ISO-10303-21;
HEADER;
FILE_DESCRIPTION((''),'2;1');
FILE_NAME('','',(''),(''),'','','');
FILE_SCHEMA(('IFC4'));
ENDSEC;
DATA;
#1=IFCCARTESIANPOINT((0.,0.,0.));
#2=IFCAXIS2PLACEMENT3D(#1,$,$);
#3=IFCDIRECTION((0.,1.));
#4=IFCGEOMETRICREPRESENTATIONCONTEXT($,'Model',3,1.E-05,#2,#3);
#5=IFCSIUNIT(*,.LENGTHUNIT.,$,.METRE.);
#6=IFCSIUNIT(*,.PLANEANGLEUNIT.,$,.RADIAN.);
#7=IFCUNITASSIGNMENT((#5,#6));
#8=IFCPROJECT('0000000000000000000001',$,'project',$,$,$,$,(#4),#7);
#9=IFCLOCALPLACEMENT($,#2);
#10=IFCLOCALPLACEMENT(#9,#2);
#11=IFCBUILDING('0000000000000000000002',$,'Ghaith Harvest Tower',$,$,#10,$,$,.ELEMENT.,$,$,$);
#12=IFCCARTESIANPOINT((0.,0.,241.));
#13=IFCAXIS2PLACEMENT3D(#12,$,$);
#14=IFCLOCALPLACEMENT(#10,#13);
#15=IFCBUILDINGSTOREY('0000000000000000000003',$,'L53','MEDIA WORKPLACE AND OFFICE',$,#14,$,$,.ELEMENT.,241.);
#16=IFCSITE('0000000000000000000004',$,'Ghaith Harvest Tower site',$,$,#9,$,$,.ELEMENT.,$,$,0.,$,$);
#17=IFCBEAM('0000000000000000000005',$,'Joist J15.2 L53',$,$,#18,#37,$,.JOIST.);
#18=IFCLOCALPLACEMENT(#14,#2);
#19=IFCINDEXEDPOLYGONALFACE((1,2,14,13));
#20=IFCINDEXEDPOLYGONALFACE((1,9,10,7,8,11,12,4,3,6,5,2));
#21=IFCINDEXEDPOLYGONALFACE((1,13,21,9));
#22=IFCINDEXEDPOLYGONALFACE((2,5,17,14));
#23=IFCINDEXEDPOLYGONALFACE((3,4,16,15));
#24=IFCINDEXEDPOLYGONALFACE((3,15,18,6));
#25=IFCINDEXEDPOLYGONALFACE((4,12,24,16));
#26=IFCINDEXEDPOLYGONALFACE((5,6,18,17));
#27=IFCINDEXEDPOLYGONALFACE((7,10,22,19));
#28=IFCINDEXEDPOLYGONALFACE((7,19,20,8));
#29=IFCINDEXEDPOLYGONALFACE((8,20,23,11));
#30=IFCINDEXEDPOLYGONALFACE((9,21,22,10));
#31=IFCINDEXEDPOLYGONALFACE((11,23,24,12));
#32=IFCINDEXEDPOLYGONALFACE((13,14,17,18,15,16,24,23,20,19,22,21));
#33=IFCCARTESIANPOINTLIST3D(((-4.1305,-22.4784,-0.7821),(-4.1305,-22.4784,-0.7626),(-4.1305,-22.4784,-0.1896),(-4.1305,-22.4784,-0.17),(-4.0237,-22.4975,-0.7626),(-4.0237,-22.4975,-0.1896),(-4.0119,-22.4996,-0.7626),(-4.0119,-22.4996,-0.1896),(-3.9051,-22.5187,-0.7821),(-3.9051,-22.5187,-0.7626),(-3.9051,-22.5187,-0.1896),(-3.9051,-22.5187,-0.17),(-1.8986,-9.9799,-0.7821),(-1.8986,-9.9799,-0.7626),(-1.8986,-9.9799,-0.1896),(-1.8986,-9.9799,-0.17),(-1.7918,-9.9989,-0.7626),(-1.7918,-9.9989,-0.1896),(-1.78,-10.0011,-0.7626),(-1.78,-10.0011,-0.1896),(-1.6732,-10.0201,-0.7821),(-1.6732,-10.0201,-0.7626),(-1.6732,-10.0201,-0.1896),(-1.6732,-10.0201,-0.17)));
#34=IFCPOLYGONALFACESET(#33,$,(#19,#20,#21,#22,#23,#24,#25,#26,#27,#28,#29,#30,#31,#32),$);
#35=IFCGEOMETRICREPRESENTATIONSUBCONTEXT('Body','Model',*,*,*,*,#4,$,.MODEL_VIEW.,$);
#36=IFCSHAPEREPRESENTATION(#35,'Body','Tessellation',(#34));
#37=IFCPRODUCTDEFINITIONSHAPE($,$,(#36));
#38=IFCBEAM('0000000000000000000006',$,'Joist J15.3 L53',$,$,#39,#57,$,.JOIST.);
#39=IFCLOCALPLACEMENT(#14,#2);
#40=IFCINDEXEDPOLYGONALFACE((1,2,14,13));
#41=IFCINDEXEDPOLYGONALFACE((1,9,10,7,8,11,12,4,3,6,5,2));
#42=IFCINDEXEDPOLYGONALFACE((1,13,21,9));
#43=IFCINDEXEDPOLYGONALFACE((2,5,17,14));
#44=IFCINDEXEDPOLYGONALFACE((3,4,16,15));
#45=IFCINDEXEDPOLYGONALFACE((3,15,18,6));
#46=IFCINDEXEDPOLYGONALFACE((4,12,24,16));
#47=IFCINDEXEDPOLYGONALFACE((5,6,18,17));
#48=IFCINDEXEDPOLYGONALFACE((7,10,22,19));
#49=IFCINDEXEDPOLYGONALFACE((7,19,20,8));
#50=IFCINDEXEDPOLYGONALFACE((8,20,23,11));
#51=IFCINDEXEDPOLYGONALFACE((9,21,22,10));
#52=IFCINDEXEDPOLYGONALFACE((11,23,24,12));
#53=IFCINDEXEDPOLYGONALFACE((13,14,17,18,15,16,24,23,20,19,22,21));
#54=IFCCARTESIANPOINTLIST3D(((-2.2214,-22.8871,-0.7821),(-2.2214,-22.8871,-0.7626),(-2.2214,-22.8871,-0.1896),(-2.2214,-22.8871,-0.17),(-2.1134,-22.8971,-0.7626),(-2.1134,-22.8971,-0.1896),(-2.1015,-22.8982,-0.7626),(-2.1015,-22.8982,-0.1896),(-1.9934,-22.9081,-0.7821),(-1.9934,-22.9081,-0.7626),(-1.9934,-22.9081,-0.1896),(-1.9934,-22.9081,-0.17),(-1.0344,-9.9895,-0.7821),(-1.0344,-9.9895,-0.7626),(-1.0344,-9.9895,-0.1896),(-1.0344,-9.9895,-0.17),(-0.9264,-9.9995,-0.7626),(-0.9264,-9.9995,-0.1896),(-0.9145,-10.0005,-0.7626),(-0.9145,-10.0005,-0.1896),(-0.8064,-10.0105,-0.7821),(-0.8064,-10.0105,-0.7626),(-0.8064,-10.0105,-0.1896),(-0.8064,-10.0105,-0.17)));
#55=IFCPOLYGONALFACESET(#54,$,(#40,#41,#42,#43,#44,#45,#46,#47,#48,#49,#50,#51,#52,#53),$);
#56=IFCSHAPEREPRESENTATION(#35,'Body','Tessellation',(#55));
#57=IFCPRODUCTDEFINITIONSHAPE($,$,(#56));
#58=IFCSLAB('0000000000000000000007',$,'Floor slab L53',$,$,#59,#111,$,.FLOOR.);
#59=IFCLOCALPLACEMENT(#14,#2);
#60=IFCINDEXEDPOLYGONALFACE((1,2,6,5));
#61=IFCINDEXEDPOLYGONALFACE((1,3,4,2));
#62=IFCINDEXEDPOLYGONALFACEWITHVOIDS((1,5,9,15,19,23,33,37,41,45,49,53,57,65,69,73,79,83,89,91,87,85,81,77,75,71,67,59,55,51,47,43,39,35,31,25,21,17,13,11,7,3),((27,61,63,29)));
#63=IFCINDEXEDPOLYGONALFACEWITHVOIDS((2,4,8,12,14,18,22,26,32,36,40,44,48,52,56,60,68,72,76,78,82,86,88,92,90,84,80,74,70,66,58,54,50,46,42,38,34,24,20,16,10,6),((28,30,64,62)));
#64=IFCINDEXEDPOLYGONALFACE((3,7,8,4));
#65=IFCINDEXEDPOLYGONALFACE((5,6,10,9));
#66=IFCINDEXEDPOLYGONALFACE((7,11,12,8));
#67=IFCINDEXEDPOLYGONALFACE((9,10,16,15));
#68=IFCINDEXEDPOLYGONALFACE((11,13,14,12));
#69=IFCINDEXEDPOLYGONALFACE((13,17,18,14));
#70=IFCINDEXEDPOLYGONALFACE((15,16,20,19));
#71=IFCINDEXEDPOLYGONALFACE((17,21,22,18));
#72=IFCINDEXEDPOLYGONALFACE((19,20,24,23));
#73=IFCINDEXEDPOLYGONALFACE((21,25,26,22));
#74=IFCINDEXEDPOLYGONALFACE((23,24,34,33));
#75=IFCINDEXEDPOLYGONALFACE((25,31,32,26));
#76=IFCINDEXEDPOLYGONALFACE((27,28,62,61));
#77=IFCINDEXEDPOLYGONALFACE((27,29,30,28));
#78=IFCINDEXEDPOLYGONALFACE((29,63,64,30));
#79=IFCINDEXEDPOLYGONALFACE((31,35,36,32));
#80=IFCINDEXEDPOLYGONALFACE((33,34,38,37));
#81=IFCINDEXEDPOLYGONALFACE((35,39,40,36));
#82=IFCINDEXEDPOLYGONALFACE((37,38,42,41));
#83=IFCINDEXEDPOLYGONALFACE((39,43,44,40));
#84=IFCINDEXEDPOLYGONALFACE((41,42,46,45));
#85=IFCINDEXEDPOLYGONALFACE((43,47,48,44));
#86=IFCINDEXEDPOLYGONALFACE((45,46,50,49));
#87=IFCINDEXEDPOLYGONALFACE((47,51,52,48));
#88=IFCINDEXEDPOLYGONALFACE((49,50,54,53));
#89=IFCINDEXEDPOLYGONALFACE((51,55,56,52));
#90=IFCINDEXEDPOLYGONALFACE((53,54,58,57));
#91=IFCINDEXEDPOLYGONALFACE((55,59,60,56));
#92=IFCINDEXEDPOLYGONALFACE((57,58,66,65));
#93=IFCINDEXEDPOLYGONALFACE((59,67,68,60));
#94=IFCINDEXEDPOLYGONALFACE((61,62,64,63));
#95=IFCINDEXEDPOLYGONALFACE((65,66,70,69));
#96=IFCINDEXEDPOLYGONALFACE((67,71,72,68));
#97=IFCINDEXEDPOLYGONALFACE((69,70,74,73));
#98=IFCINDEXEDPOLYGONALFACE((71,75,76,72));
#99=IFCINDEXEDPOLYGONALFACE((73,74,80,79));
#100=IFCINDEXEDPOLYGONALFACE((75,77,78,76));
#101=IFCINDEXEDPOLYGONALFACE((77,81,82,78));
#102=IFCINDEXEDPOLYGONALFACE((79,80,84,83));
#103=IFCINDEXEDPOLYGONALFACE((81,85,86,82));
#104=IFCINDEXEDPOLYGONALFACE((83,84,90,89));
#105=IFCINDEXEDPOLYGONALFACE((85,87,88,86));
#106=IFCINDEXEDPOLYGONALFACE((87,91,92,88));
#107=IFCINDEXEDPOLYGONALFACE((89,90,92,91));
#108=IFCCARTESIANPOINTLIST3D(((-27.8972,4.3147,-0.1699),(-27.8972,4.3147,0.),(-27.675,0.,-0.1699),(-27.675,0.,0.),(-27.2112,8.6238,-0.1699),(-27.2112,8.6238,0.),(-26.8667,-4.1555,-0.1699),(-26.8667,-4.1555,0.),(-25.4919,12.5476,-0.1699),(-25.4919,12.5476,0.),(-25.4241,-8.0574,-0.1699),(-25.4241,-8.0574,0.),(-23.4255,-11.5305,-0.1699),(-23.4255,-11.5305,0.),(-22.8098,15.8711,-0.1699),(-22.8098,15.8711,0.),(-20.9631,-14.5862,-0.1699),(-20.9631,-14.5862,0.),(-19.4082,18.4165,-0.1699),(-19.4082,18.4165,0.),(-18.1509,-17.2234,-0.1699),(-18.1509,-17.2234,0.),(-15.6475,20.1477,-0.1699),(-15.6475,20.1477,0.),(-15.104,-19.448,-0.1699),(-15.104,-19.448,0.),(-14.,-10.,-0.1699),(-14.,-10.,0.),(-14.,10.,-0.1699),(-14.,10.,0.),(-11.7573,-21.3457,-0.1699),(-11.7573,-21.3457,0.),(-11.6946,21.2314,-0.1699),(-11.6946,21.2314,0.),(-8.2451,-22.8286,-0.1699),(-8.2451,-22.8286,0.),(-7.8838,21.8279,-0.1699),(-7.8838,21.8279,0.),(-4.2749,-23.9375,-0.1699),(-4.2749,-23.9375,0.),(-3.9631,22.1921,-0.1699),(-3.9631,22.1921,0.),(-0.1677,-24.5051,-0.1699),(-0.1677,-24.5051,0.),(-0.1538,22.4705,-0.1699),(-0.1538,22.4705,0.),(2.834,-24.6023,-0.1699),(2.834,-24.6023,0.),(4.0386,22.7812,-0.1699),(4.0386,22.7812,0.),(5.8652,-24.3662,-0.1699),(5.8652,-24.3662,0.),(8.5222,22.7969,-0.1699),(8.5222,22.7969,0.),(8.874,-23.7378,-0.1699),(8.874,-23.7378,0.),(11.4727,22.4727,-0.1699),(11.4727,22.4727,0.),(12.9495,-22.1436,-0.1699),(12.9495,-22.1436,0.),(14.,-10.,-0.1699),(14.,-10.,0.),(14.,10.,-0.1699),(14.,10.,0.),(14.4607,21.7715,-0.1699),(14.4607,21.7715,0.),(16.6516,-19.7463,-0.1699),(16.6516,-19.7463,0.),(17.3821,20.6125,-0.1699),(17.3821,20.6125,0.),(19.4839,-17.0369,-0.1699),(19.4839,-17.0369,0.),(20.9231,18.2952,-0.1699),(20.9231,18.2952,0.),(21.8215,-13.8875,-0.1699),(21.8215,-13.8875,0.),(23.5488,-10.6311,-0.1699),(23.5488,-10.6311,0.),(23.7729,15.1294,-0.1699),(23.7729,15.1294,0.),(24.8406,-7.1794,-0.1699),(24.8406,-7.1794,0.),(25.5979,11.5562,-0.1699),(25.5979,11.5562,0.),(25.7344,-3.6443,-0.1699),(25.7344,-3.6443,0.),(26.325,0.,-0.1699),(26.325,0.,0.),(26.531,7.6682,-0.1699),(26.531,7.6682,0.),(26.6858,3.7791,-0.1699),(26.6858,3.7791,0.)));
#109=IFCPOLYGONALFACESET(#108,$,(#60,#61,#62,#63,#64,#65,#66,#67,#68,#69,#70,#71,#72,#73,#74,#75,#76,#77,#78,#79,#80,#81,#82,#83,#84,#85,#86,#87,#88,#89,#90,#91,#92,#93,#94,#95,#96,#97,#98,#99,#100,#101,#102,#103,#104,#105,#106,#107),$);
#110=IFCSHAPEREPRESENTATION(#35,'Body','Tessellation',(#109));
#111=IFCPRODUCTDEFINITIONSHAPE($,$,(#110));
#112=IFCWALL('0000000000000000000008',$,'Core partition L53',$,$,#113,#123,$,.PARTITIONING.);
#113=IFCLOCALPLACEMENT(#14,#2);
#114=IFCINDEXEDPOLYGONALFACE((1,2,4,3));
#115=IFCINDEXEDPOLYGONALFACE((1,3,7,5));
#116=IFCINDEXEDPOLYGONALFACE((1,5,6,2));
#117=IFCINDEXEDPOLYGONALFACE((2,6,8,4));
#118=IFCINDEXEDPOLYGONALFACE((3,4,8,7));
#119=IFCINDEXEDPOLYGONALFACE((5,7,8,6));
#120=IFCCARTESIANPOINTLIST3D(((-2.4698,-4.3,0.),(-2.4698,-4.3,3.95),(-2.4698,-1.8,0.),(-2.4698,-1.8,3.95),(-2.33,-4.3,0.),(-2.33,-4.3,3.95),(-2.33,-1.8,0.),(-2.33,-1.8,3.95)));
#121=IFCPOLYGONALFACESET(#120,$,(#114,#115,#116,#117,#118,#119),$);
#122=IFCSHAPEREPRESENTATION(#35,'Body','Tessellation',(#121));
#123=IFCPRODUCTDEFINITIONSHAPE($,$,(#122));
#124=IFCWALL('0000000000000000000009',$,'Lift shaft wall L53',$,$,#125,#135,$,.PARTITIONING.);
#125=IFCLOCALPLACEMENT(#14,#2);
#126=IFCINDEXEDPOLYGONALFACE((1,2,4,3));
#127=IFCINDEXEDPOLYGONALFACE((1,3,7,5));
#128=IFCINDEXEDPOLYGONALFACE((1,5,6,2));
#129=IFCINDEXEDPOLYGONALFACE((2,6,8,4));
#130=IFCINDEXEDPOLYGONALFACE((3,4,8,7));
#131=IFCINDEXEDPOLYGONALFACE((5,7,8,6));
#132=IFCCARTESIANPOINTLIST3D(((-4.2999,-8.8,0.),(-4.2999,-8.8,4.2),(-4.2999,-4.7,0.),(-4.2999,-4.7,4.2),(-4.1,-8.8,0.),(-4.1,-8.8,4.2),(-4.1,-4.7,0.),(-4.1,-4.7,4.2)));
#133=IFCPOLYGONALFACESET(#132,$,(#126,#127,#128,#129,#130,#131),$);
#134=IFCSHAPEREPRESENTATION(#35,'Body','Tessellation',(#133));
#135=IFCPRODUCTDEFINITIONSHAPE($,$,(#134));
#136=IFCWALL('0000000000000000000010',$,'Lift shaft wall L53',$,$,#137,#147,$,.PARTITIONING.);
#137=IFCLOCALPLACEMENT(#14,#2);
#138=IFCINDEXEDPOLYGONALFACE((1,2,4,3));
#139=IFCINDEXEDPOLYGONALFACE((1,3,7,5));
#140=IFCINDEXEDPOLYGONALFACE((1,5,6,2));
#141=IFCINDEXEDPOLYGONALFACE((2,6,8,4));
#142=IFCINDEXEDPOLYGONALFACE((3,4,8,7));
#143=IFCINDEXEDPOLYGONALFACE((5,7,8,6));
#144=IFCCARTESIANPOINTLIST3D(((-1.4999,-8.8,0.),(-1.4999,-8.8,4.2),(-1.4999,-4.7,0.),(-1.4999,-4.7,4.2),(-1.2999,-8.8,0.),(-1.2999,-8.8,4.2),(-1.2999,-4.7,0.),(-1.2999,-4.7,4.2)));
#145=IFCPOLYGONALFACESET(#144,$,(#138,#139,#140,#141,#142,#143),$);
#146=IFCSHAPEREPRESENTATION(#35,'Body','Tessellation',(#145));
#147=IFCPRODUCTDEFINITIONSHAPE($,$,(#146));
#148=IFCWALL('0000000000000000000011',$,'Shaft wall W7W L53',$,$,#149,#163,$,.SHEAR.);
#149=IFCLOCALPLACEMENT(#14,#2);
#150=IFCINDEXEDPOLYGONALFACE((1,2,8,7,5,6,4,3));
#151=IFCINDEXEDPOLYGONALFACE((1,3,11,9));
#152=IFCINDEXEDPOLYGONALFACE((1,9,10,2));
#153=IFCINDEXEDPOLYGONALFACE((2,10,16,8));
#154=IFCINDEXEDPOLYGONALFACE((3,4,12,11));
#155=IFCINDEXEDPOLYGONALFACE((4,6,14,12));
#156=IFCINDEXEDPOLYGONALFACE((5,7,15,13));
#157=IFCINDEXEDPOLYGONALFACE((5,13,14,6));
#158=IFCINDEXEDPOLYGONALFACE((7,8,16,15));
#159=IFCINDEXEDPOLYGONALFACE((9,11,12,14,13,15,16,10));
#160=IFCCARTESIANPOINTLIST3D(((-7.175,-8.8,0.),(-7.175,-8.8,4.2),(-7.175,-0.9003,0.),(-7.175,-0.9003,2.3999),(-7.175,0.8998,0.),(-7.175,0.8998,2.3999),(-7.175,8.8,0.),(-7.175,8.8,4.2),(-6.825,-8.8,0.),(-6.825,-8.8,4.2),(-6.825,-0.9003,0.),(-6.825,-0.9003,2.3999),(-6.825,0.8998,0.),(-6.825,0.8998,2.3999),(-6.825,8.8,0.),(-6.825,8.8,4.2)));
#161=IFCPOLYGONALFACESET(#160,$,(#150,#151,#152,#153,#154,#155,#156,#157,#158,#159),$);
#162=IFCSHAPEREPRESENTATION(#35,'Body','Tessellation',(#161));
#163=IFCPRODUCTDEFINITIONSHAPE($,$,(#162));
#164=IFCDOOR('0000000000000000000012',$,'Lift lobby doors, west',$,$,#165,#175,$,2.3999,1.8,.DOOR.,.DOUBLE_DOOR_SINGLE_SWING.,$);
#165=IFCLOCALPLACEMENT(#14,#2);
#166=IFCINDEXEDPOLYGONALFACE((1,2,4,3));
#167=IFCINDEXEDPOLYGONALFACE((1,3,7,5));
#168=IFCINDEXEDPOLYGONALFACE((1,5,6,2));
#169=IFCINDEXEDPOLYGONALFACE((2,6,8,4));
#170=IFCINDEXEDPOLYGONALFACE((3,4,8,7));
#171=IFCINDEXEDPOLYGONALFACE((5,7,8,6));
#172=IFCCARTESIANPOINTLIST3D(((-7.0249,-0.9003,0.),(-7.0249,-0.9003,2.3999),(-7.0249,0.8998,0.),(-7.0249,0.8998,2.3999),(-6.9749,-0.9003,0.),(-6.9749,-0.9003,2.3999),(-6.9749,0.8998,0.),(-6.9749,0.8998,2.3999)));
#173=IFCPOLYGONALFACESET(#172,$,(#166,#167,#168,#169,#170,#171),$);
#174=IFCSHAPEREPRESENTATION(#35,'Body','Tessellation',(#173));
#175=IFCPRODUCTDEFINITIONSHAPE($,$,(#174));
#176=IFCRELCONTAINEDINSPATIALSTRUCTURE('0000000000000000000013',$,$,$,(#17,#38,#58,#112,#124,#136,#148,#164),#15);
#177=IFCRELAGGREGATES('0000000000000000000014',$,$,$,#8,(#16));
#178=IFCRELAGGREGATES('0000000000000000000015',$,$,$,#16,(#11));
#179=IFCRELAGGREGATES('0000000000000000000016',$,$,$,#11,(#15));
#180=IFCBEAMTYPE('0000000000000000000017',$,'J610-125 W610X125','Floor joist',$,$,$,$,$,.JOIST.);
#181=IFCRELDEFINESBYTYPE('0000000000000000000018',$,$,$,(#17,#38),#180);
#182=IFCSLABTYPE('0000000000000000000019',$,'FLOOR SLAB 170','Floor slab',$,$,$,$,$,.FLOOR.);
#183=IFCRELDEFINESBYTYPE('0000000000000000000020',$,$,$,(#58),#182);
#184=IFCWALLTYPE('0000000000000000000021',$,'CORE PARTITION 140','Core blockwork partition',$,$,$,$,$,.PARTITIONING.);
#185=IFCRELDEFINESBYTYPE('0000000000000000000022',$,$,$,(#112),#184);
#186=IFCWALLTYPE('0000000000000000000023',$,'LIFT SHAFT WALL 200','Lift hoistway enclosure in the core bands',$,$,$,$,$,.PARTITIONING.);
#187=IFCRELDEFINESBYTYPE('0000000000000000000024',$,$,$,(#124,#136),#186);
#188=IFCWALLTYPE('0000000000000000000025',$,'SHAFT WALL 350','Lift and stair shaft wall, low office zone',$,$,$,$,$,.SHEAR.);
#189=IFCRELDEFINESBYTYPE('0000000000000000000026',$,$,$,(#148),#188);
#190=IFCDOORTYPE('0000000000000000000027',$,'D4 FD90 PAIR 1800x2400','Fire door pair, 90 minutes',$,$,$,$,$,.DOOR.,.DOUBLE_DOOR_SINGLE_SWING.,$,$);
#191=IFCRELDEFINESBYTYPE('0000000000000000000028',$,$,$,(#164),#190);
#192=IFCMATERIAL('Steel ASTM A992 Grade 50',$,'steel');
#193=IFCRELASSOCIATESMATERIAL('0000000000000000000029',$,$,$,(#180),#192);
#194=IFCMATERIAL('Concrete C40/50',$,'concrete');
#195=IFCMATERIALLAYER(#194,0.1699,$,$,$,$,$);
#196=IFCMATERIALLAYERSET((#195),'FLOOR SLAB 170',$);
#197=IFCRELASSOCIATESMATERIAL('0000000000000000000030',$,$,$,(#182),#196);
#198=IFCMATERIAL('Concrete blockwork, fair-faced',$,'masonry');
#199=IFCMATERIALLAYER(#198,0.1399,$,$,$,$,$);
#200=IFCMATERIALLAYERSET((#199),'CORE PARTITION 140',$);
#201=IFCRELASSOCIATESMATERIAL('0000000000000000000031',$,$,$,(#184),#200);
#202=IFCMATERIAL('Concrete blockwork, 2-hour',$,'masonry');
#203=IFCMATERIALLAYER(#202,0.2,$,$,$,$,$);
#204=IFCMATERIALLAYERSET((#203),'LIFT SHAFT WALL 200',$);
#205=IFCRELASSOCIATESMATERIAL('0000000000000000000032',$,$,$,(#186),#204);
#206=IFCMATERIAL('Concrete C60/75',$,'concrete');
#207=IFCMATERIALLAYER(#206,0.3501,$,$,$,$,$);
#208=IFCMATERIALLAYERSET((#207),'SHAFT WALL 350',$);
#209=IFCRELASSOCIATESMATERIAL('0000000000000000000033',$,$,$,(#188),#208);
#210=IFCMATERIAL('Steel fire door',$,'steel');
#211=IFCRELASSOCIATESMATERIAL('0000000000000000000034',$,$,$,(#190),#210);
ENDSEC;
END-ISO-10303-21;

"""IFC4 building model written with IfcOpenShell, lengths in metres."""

from ifc_helpers import new_model, si_unit, direction, frame, frame_2d, origin, origin_2d, place, context, subcontext, project, spatial, polyline, rectangle, i_section, outline, extrude, material, layer, layer_set, material_profile, profile_set, type_object, element, fill, save


model = new_model("IFC4")

# Units and contexts
model_context = context("Model", 3, precision=1e-05, world=origin(), true_north=direction((0.0, 1.0)))
body_context = subcontext(model_context, "Body", "Model", "MODEL_VIEW")
ifc_project = project(units=[si_unit("LENGTHUNIT", "METRE"), si_unit("PLANEANGLEUNIT", "RADIAN")], contexts=[model_context])

# Site, building, storey
site_placement = place(None, origin())
site = spatial("IfcSite", under=ifc_project, at=site_placement, Name="Ghaith Harvest Tower site", CompositionType="ELEMENT", RefElevation=0.0)
building_placement = place(site_placement, origin())
building = spatial("IfcBuilding", under=site, at=building_placement, Name="Ghaith Harvest Tower", CompositionType="ELEMENT")
storey_placement = place(building_placement, frame((0.0, 0.0, 241.0)))
storey = spatial("IfcBuildingStorey", under=building, at=storey_placement, Name="L53", Description="MEDIA WORKPLACE AND OFFICE", CompositionType="ELEMENT", Elevation=241.0)

# Beams
ifc_material_1 = material(Name="Steel ASTM A992 Grade 50", Category="steel")
ifc_material_profile_1 = material_profile(ifc_material_1, i_section(OverallWidth=0.229, OverallDepth=0.6121, WebThickness=0.012, FlangeThickness=0.0195, at=origin_2d()), Name="W610X125")
ifc_profile_set_1 = profile_set([ifc_material_profile_1], Name="Steel ASTM A992 Grade 50")
beam_type_1 = type_object("IfcBeamType", Name="J610-125 W610X125", Description="Floor joist", PredefinedType="JOIST", material=ifc_profile_set_1)
beam_1_placement = place(storey_placement, frame((-1.7859, -10.0, -0.4761), z_axis=(-0.175795, -0.984427, 0.0), x_axis=(0.984427, -0.175795, 0.0)))
element("IfcBeam", 1, at=beam_1_placement, inside=storey, type_object=beam_type_1, Name="Joist J15.2 L53", PredefinedType="JOIST", context=body_context, shape_type="SweptSolid", body=[
    extrude(i_section(OverallWidth=0.229, OverallDepth=0.6121, WebThickness=0.012, FlangeThickness=0.0195, at=origin_2d()), origin(), (0.0, 0.0, 1.0), 12.6963),
])
beam_2_placement = place(storey_placement, frame((-0.9204, -10.0, -0.4761), z_axis=(-0.091645, -0.995792, 0.0), x_axis=(0.995792, -0.091645, 0.0)))
element("IfcBeam", 2, at=beam_2_placement, inside=storey, type_object=beam_type_1, Name="Joist J15.3 L53", PredefinedType="JOIST", context=body_context, shape_type="SweptSolid", body=[
    extrude(i_section(OverallWidth=0.229, OverallDepth=0.6121, WebThickness=0.012, FlangeThickness=0.0195, at=origin_2d()), origin(), (0.0, 0.0, 1.0), 12.9521),
])

# Slab
ifc_material_2 = material(Name="Concrete C40/50", Category="concrete")
ifc_layer_1 = layer(ifc_material_2, 0.1699)
ifc_layer_set_1 = layer_set([ifc_layer_1], Name="FLOOR SLAB 170")
slab_type = type_object("IfcSlabType", Name="FLOOR SLAB 170", Description="Floor slab", PredefinedType="FLOOR", material=ifc_layer_set_1)
slab_placement = place(storey_placement, frame((0.0, 0.0, -0.1699)))
element("IfcSlab", 3, at=slab_placement, inside=storey, type_object=slab_type, Name="Floor slab L53", PredefinedType="FLOOR", context=body_context, shape_type="SweptSolid", body=[
    extrude(outline(polyline([(26.325, 0.0), (26.6858, 3.7791), (26.531, 7.6682), (25.5979, 11.5562), (23.7729, 15.1294), (20.9231, 18.2952), (17.3821, 20.6125), (14.4607, 21.7715), (11.4727, 22.4727), (8.5222, 22.7969), (4.0386, 22.7812), (-0.1538, 22.4705), (-3.9631, 22.1921), (-7.8838, 21.8279), (-11.6946, 21.2314), (-15.6475, 20.1477), (-19.4082, 18.4165), (-22.8098, 15.8711), (-25.4919, 12.5476), (-27.2112, 8.6238), (-27.8972, 4.3147), (-27.675, 0.0), (-26.8667, -4.1555), (-25.4241, -8.0574), (-23.4255, -11.5305), (-20.9631, -14.5862), (-18.1509, -17.2234), (-15.104, -19.448), (-11.7573, -21.3457), (-8.2451, -22.8286), (-4.2749, -23.9375), (-0.1677, -24.5051), (2.834, -24.6023), (5.8652, -24.3662), (8.874, -23.7378), (12.9495, -22.1436), (16.6516, -19.7463), (19.4839, -17.0369), (21.8215, -13.8875), (23.5488, -10.6311), (24.8406, -7.1794), (25.7344, -3.6443), (26.325, 0.0)]), holes=[polyline([(-14.0, -10.0), (14.0, -10.0), (14.0, 10.0), (-14.0, 10.0), (-14.0, -10.0)])]), origin(), (0.0, 0.0, 1.0), 0.1699),
])

# Walls
ifc_material_3 = material(Name="Concrete blockwork, fair-faced", Category="masonry")
ifc_layer_2 = layer(ifc_material_3, 0.1399)
ifc_layer_set_2 = layer_set([ifc_layer_2], Name="CORE PARTITION 140")
wall_type_1 = type_object("IfcWallType", Name="CORE PARTITION 140", Description="Core blockwork partition", PredefinedType="PARTITIONING", material=ifc_layer_set_2)
wall_1_placement = place(storey_placement, frame((-2.3999, -1.8, 0.0), z_axis=(0.0, 0.0, 1.0), x_axis=(0.0, -1.0, 0.0)))
element("IfcWall", 4, at=wall_1_placement, inside=storey, type_object=wall_type_1, Name="Core partition L53", PredefinedType="PARTITIONING", context=body_context, shape_type="SweptSolid", body=[
    extrude(rectangle(XDim=2.5, YDim=0.1399, at=frame_2d((1.25, 0.0))), origin(), (0.0, 0.0, 1.0), 3.95),
])
ifc_material_4 = material(Name="Concrete blockwork, 2-hour", Category="masonry")
ifc_layer_3 = layer(ifc_material_4, 0.2)
ifc_layer_set_3 = layer_set([ifc_layer_3], Name="LIFT SHAFT WALL 200")
wall_type_2 = type_object("IfcWallType", Name="LIFT SHAFT WALL 200", Description="Lift hoistway enclosure in the core bands", PredefinedType="PARTITIONING", material=ifc_layer_set_3)
for number, where, z_axis, x_axis, name in (
    (5, (-4.2, -4.7, 0.0), (0.0, 0.0, 1.0), (0.0, -1.0, 0.0), "Lift shaft wall L53"),
    (6, (-1.3999, -4.7, 0.0), (0.0, 0.0, 1.0), (0.0, -1.0, 0.0), "Lift shaft wall L53"),
):
    element("IfcWall", number, at=place(storey_placement, frame(where, z_axis=z_axis, x_axis=x_axis)), inside=storey, type_object=wall_type_2, Name=name, PredefinedType="PARTITIONING", context=body_context, shape_type="SweptSolid", body=[
        extrude(rectangle(XDim=4.1001, YDim=0.2, at=frame_2d((2.05, 0.0))), origin(), (0.0, 0.0, 1.0), 4.2),
    ])

# Wall, opening, door
ifc_material_5 = material(Name="Concrete C60/75", Category="concrete")
ifc_layer_4 = layer(ifc_material_5, 0.3501)
ifc_layer_set_4 = layer_set([ifc_layer_4], Name="SHAFT WALL 350")
wall_type_3 = type_object("IfcWallType", Name="SHAFT WALL 350", Description="Lift and stair shaft wall, low office zone", PredefinedType="SHEAR", material=ifc_layer_set_4)
wall_2_placement = place(storey_placement, frame((-7.0, -8.8, 0.0), z_axis=(0.0, 0.0, 1.0), x_axis=(0.0, 1.0, 0.0)))
wall_2 = element("IfcWall", 7, at=wall_2_placement, inside=storey, type_object=wall_type_3, Name="Shaft wall W7W L53", PredefinedType="SHEAR", context=body_context, shape_type="SweptSolid", body=[
    extrude(rectangle(XDim=17.6001, YDim=0.3501, at=frame_2d((8.8, 0.0))), origin(), (0.0, 0.0, 1.0), 4.2),
])
opening_1_placement = place(wall_2_placement, frame((7.8999, 0.0, 0.0)))
opening_1 = element("IfcOpeningElement", 8, at=opening_1_placement, cuts=wall_2, PredefinedType="OPENING", context=body_context, shape_type="SweptSolid", body=[
    extrude(rectangle(XDim=1.8, YDim=2.3999, at=frame_2d((0.8999, 1.2))), frame((0.0, 0.1851, 0.0), z_axis=(0.0, -1.0, 0.0), x_axis=(1.0, 0.0, 0.0)), (0.0, 0.0, 1.0), 0.3701),
])
ifc_material_6 = material(Name="Steel fire door", Category="steel")
door_type_1 = type_object("IfcDoorType", Name="D4 FD90 PAIR 1800x2400", Description="Fire door pair, 90 minutes", OperationType="DOUBLE_DOOR_SINGLE_SWING", PredefinedType="DOOR", material=ifc_material_6)
door_1_placement = place(opening_1_placement, origin())
door_1 = element("IfcDoor", 9, at=door_1_placement, inside=storey, type_object=door_type_1, Name="Lift lobby doors, west", OperationType="DOUBLE_DOOR_SINGLE_SWING", OverallHeight=2.3999, OverallWidth=1.8, PredefinedType="DOOR", context=body_context, shape_type="SweptSolid", body=[
    extrude(rectangle(XDim=1.8, YDim=2.3999, at=frame_2d((0.8999, 1.2))), frame((0.0, 0.0249, 0.0), z_axis=(0.0, -1.0, 0.0), x_axis=(1.0, 0.0, 0.0)), (0.0, 0.0, 1.0), 0.05),
])
fill(opening_1, door_1)

save(model, "model.ifc")
